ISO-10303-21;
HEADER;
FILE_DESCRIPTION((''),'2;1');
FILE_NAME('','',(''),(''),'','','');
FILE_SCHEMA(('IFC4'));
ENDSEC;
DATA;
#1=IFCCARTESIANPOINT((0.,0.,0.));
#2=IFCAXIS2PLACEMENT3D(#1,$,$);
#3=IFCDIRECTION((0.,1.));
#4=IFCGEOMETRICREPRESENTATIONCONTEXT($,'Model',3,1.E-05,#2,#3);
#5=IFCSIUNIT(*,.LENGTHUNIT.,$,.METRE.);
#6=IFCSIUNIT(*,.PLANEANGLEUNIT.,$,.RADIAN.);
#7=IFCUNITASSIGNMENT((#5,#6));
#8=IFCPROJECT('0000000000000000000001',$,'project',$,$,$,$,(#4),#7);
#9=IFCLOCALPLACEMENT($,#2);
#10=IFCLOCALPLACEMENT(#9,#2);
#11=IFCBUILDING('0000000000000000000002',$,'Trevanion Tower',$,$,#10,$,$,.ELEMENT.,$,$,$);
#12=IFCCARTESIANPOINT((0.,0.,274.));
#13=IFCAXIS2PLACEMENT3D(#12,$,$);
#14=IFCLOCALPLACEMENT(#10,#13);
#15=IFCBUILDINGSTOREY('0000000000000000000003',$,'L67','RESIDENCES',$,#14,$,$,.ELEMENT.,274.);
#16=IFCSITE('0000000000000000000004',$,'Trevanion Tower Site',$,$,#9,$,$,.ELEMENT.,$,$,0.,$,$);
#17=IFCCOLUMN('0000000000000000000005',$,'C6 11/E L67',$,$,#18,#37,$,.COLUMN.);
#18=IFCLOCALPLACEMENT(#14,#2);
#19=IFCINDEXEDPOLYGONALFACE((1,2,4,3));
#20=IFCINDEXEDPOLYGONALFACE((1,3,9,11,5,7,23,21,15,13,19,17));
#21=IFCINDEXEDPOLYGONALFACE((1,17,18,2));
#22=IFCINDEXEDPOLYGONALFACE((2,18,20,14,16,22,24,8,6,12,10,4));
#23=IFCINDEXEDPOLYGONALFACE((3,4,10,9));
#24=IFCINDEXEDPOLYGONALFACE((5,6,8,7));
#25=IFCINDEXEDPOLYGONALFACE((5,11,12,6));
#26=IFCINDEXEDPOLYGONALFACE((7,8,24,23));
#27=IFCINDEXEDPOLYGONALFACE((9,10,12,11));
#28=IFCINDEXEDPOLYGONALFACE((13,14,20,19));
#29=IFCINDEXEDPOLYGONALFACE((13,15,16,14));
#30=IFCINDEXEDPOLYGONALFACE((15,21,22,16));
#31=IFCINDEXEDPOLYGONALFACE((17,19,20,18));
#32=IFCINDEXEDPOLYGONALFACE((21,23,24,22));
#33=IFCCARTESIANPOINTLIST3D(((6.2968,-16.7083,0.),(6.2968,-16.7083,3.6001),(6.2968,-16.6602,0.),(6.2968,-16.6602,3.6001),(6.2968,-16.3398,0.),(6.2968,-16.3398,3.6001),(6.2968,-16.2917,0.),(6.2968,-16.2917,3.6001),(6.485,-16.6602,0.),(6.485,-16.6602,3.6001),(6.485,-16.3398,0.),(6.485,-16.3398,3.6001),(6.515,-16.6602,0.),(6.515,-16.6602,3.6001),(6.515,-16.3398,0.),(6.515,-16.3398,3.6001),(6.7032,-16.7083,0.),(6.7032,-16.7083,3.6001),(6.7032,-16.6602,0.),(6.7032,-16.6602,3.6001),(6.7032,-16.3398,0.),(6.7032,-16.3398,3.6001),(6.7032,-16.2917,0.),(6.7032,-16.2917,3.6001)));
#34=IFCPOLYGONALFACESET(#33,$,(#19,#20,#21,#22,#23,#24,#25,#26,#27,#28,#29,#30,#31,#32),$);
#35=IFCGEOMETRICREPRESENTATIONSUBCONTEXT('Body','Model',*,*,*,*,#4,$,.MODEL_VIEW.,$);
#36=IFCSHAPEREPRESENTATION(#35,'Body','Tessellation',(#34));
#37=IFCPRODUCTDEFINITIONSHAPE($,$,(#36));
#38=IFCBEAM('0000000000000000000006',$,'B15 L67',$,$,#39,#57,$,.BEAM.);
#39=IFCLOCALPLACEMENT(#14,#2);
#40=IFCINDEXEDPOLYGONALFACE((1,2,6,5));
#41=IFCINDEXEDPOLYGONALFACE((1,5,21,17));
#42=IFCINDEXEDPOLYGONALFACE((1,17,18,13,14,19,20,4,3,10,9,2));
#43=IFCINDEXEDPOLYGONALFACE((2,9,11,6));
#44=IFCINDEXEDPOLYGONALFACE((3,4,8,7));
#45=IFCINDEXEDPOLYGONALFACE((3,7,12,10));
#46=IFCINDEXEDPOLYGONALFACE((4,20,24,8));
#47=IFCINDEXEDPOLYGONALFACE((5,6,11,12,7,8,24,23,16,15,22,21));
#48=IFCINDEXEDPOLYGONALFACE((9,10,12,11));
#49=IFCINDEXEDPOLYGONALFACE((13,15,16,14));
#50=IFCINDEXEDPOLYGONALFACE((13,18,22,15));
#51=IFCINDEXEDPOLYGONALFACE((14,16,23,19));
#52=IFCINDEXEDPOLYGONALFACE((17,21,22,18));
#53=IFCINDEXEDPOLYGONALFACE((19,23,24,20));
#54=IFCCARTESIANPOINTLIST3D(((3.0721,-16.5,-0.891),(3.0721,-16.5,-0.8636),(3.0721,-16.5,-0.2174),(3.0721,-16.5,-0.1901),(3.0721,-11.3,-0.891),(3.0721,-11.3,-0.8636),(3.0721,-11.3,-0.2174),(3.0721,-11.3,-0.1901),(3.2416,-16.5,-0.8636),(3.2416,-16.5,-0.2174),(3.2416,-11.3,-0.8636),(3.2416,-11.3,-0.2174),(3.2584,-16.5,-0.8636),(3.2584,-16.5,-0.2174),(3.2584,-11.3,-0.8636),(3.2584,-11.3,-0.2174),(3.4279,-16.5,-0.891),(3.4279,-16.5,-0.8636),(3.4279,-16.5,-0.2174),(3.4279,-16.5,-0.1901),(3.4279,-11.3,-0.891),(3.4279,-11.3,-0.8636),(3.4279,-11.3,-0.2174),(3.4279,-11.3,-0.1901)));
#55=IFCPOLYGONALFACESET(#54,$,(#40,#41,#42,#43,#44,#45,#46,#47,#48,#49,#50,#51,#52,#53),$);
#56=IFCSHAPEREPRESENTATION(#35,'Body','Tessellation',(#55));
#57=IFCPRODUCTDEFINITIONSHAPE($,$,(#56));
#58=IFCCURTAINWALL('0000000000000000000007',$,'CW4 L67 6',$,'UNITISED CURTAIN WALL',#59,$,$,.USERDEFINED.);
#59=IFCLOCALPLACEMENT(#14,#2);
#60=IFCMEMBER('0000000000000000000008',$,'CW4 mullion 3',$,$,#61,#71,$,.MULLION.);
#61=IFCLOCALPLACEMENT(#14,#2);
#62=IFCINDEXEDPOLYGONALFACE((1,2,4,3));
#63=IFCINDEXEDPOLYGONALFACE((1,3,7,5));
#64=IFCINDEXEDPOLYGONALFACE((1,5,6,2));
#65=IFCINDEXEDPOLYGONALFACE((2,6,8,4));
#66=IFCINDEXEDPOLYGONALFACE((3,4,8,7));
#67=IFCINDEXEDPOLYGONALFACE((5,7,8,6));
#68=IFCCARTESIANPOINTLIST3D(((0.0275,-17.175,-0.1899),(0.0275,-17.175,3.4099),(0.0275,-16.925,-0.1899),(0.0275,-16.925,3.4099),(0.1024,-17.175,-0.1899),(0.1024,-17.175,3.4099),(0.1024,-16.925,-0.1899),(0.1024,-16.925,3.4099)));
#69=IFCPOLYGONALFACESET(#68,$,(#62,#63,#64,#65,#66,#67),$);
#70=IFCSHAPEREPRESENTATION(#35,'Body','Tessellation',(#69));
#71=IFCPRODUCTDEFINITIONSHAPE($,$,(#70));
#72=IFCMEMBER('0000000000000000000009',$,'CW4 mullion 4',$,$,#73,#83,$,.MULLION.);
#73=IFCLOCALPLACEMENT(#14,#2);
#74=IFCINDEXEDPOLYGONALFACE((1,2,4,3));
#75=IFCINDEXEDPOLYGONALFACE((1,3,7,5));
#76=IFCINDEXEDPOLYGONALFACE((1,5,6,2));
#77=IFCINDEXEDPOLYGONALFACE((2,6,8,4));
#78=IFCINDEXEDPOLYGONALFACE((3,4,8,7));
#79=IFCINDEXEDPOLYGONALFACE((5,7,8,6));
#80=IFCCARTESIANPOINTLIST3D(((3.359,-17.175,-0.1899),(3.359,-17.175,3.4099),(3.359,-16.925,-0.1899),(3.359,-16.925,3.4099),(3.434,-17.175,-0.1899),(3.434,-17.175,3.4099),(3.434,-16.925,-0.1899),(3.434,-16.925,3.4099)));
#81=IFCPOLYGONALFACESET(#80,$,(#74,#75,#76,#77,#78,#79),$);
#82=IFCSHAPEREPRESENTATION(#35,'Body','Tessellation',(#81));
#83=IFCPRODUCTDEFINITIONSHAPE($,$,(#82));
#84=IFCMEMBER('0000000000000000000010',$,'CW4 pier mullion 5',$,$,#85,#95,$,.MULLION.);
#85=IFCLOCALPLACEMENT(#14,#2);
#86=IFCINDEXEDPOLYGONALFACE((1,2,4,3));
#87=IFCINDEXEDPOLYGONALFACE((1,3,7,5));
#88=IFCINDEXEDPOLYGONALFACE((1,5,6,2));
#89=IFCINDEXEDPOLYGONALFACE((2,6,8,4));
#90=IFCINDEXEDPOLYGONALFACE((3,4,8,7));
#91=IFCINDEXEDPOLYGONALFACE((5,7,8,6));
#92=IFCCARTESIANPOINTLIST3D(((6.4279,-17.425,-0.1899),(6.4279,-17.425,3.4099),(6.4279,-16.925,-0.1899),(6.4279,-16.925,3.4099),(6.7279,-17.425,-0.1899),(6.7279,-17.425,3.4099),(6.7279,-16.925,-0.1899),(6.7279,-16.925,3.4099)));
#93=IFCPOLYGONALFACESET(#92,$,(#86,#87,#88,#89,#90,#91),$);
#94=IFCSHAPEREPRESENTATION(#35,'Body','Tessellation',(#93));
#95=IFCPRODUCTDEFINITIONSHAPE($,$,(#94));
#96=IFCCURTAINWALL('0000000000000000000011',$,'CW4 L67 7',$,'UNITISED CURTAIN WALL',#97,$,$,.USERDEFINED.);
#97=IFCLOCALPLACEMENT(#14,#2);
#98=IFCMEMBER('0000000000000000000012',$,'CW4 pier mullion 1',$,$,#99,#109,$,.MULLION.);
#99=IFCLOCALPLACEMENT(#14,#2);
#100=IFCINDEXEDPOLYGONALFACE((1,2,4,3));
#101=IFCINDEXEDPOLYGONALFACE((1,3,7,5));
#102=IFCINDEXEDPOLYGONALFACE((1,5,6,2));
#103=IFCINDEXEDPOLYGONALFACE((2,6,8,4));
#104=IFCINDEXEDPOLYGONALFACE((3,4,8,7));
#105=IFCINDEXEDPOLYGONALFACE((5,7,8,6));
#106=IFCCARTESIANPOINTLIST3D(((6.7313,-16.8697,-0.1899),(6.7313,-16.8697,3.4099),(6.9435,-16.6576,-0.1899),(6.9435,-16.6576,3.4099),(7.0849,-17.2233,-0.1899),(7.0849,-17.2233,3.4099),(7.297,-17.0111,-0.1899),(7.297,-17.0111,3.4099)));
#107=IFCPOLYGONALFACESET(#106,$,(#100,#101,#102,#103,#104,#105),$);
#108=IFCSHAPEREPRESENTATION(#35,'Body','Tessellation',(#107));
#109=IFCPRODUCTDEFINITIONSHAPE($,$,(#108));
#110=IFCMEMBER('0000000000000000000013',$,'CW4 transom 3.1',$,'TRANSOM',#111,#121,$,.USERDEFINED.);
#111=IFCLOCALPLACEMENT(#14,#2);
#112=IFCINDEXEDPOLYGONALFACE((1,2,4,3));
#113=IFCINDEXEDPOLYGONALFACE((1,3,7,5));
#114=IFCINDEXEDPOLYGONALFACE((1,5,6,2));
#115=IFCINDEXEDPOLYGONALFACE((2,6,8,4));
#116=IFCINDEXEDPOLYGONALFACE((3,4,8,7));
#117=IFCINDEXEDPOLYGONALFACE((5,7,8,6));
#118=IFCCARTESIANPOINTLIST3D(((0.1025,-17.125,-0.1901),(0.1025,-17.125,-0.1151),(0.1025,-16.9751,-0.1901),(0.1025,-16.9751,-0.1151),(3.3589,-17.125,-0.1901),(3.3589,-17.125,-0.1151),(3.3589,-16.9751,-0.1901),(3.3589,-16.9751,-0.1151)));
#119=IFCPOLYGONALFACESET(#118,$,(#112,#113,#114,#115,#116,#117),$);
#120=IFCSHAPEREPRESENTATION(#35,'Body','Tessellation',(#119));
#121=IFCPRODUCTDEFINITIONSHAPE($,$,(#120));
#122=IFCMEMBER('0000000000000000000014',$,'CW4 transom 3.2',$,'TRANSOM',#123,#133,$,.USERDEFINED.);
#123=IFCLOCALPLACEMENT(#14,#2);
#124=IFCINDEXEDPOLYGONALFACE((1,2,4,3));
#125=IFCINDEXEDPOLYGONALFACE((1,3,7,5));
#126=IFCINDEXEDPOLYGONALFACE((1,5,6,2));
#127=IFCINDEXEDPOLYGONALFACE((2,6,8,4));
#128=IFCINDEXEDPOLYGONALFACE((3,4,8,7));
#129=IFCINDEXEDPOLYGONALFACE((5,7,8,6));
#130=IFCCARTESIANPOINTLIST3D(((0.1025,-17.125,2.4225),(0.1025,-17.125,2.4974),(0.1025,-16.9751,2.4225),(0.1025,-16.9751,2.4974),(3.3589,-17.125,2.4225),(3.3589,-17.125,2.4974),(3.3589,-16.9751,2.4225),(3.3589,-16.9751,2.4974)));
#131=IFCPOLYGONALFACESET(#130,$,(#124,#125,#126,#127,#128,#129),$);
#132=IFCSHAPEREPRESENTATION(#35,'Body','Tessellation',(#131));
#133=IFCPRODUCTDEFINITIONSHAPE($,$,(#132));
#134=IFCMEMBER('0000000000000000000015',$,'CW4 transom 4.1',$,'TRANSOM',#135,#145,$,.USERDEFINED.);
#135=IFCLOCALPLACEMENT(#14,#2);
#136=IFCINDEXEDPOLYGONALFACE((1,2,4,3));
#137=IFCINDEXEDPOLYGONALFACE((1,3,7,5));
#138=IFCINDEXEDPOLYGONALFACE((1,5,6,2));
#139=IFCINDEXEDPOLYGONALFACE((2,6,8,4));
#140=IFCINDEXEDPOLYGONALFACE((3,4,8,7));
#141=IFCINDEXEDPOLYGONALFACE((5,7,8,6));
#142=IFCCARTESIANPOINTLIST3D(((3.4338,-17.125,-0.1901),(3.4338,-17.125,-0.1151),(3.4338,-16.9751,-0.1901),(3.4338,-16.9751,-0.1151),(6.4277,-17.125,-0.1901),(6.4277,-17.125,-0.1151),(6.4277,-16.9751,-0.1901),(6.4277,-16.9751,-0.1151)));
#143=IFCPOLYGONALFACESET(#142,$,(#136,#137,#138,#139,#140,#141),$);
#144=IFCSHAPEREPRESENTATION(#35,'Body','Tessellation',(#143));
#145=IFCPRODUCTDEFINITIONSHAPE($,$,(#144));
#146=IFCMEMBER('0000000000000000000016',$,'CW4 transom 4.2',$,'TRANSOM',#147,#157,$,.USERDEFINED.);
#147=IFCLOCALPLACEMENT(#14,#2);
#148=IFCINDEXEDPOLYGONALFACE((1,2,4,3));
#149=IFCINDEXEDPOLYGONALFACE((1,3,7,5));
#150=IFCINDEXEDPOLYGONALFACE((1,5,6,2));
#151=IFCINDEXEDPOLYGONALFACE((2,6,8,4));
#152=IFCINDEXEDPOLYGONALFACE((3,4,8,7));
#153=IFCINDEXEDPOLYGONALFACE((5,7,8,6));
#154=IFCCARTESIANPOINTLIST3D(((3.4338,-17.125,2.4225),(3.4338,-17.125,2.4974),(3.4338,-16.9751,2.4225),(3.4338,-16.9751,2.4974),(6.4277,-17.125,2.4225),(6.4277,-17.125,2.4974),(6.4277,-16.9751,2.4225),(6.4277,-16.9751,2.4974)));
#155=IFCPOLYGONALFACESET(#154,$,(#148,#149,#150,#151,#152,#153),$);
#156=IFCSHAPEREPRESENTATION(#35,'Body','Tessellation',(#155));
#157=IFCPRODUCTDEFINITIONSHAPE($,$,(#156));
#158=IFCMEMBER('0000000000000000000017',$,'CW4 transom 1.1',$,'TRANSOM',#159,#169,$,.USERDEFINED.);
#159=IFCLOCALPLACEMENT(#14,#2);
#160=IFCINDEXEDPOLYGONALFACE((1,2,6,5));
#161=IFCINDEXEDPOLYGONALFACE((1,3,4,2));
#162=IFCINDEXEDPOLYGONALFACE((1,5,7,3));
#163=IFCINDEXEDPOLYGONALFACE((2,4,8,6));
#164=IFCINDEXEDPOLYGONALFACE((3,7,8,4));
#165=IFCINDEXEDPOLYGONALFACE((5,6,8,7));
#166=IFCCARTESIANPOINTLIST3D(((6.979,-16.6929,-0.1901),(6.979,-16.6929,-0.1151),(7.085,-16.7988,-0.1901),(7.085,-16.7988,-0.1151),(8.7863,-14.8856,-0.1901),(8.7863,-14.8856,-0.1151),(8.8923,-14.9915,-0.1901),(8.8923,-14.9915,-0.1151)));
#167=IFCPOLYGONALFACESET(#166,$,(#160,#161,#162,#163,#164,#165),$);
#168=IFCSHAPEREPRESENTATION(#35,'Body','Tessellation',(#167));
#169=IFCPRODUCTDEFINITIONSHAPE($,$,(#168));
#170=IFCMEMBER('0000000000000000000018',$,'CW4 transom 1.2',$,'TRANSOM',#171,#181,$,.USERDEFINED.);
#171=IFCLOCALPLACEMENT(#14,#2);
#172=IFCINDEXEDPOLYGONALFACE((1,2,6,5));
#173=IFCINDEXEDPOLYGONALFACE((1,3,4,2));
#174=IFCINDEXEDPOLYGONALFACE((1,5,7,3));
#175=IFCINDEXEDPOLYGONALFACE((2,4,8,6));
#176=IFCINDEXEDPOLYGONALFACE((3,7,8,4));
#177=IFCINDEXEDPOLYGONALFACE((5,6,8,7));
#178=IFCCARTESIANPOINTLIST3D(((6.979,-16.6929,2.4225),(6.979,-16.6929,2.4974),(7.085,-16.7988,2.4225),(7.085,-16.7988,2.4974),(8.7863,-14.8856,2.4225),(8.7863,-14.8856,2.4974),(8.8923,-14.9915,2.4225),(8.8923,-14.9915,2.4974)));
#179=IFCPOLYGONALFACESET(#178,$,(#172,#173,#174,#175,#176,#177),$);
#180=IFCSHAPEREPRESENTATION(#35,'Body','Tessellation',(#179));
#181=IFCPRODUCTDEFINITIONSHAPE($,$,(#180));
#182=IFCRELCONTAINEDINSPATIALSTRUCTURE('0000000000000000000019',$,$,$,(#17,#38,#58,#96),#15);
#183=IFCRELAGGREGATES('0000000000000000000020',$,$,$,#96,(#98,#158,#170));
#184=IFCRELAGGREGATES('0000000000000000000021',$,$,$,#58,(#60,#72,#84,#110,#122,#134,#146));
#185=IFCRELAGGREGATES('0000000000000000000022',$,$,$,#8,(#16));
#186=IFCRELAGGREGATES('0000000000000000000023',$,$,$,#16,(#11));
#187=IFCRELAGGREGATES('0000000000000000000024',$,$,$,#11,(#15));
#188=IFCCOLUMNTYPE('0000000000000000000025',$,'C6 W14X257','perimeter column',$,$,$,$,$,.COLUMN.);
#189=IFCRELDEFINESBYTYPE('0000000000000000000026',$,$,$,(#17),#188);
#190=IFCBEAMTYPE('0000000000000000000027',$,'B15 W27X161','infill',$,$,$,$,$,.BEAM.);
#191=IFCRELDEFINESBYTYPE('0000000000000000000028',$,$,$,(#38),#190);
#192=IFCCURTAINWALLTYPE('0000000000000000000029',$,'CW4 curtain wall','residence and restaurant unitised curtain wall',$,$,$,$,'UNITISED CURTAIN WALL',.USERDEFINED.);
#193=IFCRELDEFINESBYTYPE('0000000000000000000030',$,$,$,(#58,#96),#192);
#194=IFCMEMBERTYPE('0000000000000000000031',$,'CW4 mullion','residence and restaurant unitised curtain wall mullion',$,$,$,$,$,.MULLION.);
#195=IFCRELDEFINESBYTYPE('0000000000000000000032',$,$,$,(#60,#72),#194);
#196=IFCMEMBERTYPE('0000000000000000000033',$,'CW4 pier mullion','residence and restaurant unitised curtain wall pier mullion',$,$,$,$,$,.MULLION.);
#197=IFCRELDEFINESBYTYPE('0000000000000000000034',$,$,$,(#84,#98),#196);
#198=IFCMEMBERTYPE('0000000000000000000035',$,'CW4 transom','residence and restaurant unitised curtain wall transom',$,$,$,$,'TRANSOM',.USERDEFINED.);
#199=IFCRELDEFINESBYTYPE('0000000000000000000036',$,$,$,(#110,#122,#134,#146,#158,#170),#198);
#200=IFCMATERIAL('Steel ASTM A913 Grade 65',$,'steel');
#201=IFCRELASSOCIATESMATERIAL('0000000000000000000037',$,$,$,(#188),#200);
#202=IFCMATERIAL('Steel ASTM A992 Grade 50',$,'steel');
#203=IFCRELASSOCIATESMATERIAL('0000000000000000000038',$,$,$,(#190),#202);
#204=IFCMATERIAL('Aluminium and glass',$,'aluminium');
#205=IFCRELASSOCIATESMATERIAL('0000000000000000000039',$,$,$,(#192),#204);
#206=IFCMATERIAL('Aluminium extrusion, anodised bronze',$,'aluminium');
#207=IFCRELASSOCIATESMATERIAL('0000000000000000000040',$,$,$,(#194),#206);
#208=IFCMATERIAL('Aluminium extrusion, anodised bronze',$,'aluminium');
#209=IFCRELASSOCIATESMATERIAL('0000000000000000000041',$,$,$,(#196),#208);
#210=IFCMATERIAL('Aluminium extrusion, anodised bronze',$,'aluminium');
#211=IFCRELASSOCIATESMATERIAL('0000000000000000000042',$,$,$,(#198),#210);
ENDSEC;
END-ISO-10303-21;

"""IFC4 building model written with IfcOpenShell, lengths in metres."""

from ifc_helpers import new_model, si_unit, direction, frame, origin, origin_2d, place, context, subcontext, project, spatial, rectangle, i_section, extrude, material, material_profile, profile_set, type_object, element, aggregate, save


model = new_model("IFC4")

# Units and contexts
model_context = context("Model", 3, precision=1e-05, world=origin(), true_north=direction((0.0, 1.0)))
body_context = subcontext(model_context, "Body", "Model", "MODEL_VIEW")
ifc_project = project(units=[si_unit("LENGTHUNIT", "METRE"), si_unit("PLANEANGLEUNIT", "RADIAN")], contexts=[model_context])

# Site, building, storey
site_placement = place(None, origin())
site = spatial("IfcSite", under=ifc_project, at=site_placement, Name="Trevanion Tower Site", CompositionType="ELEMENT", RefElevation=0.0)
building_placement = place(site_placement, origin())
building = spatial("IfcBuilding", under=site, at=building_placement, Name="Trevanion Tower", CompositionType="ELEMENT")
storey_placement = place(building_placement, frame((0.0, 0.0, 274.0)))
storey = spatial("IfcBuildingStorey", under=building, at=storey_placement, Name="L67", Description="RESIDENCES", CompositionType="ELEMENT", Elevation=274.0)

# Column
ifc_material_1 = material(Name="Steel ASTM A913 Grade 65", Category="steel")
ifc_material_profile_1 = material_profile(ifc_material_1, i_section(OverallWidth=0.4065, OverallDepth=0.4165, WebThickness=0.03, FlangeThickness=0.0481, at=origin_2d()), Name="W14X257")
ifc_profile_set_1 = profile_set([ifc_material_profile_1], Name="Steel ASTM A913 Grade 65")
column_type = type_object("IfcColumnType", Name="C6 W14X257", Description="perimeter column", PredefinedType="COLUMN", material=ifc_profile_set_1)
column_placement = place(storey_placement, frame((6.5, -16.5, 0.0), z_axis=(0.0, 0.0, 1.0), x_axis=(1.0, 0.0, 0.0)))
element("IfcColumn", 1, at=column_placement, inside=storey, type_object=column_type, Name="C6 11/E L67", PredefinedType="COLUMN", context=body_context, shape_type="SweptSolid", body=[
    extrude(i_section(OverallWidth=0.4065, OverallDepth=0.4165, WebThickness=0.03, FlangeThickness=0.0481, at=origin_2d()), origin(), (0.0, 0.0, 1.0), 3.6001),
])

# Beam
ifc_material_2 = material(Name="Steel ASTM A992 Grade 50", Category="steel")
ifc_material_profile_2 = material_profile(ifc_material_2, i_section(OverallWidth=0.3557, OverallDepth=0.7009, WebThickness=0.0168, FlangeThickness=0.0273, at=origin_2d()), Name="W27X161")
ifc_profile_set_2 = profile_set([ifc_material_profile_2], Name="Steel ASTM A992 Grade 50")
beam_type_1 = type_object("IfcBeamType", Name="B15 W27X161", Description="infill", PredefinedType="BEAM", material=ifc_profile_set_2)
beam_1_placement = place(storey_placement, frame((3.25, -11.3, -0.5405), z_axis=(0.0, -1.0, 0.0), x_axis=(1.0, 0.0, 0.0)))
element("IfcBeam", 2, at=beam_1_placement, inside=storey, type_object=beam_type_1, Name="B15 L67", PredefinedType="BEAM", context=body_context, shape_type="SweptSolid", body=[
    extrude(i_section(OverallWidth=0.3557, OverallDepth=0.7009, WebThickness=0.0168, FlangeThickness=0.0273, at=origin_2d()), origin(), (0.0, 0.0, 1.0), 5.2),
])

# Curtain wall, members
ifc_material_3 = material(Name="Aluminium and glass", Category="aluminium")
curtain_wall_type = type_object("IfcCurtainWallType", Name="CW4 curtain wall", Description="residence and restaurant unitised curtain wall", ElementType="UNITISED CURTAIN WALL", PredefinedType="USERDEFINED", material=ifc_material_3)
curtain_wall_1_placement = place(storey_placement, origin())
curtain_wall_1 = element("IfcCurtainWall", 3, at=curtain_wall_1_placement, inside=storey, type_object=curtain_wall_type, Name="CW4 L67 6", ObjectType="UNITISED CURTAIN WALL", PredefinedType="USERDEFINED")
ifc_material_4 = material(Name="Aluminium extrusion, anodised bronze", Category="aluminium")
ifc_material_profile_3 = material_profile(ifc_material_4, rectangle(XDim=0.075, YDim=0.25, at=origin_2d()), Name="CW4 mullion")
ifc_profile_set_3 = profile_set([ifc_material_profile_3], Name="Aluminium extrusion, anodised bronze")
member_type_1 = type_object("IfcMemberType", Name="CW4 mullion", Description="residence and restaurant unitised curtain wall mullion", PredefinedType="MULLION", material=ifc_profile_set_3)
member_1_placement = place(storey_placement, frame((0.0649, -17.05, -0.1899), z_axis=(0.0, 0.0, 1.0), x_axis=(1.0, 0.0, 0.0)))
member_1 = element("IfcMember", 4, at=member_1_placement, type_object=member_type_1, Name="CW4 mullion 3", PredefinedType="MULLION", context=body_context, shape_type="SweptSolid", body=[
    extrude(rectangle(XDim=0.075, YDim=0.25, at=origin_2d()), origin(), (0.0, 0.0, 1.0), 3.5999),
])
member_2_placement = place(storey_placement, frame((3.3965, -17.05, -0.1899), z_axis=(0.0, 0.0, 1.0), x_axis=(1.0, 0.0, 0.0)))
member_2 = element("IfcMember", 5, at=member_2_placement, type_object=member_type_1, Name="CW4 mullion 4", PredefinedType="MULLION", context=body_context, shape_type="SweptSolid", body=[
    extrude(rectangle(XDim=0.075, YDim=0.25, at=origin_2d()), origin(), (0.0, 0.0, 1.0), 3.5999),
])
ifc_material_5 = material(Name="Aluminium extrusion, anodised bronze", Category="aluminium")
ifc_material_profile_4 = material_profile(ifc_material_5, rectangle(XDim=0.3, YDim=0.5, at=origin_2d()), Name="CW4 pier mullion")
ifc_profile_set_4 = profile_set([ifc_material_profile_4], Name="Aluminium extrusion, anodised bronze")
member_type_2 = type_object("IfcMemberType", Name="CW4 pier mullion", Description="residence and restaurant unitised curtain wall pier mullion", PredefinedType="MULLION", material=ifc_profile_set_4)
member_3_placement = place(storey_placement, frame((6.5779, -17.175, -0.1899), z_axis=(0.0, 0.0, 1.0), x_axis=(1.0, 0.0, 0.0)))
member_3 = element("IfcMember", 6, at=member_3_placement, type_object=member_type_2, Name="CW4 pier mullion 5", PredefinedType="MULLION", context=body_context, shape_type="SweptSolid", body=[
    extrude(rectangle(XDim=0.3, YDim=0.5, at=origin_2d()), origin(), (0.0, 0.0, 1.0), 3.5999),
])

# Curtain wall, member
curtain_wall_2_placement = place(storey_placement, origin())
curtain_wall_2 = element("IfcCurtainWall", 7, at=curtain_wall_2_placement, inside=storey, type_object=curtain_wall_type, Name="CW4 L67 7", ObjectType="UNITISED CURTAIN WALL", PredefinedType="USERDEFINED")
member_4_placement = place(storey_placement, frame((7.0142, -16.9404, -0.1899), z_axis=(0.0, 0.0, 1.0), x_axis=(0.707107, 0.707107, 0.0)))
member_4 = element("IfcMember", 8, at=member_4_placement, type_object=member_type_2, Name="CW4 pier mullion 1", PredefinedType="MULLION", context=body_context, shape_type="SweptSolid", body=[
    extrude(rectangle(XDim=0.3, YDim=0.5, at=origin_2d()), origin(), (0.0, 0.0, 1.0), 3.5999),
])

# Members
ifc_material_6 = material(Name="Aluminium extrusion, anodised bronze", Category="aluminium")
ifc_material_profile_5 = material_profile(ifc_material_6, rectangle(XDim=0.1499, YDim=0.075, at=origin_2d()), Name="CW4 transom")
ifc_profile_set_5 = profile_set([ifc_material_profile_5], Name="Aluminium extrusion, anodised bronze")
member_type_3 = type_object("IfcMemberType", Name="CW4 transom", Description="residence and restaurant unitised curtain wall transom", ElementType="TRANSOM", PredefinedType="USERDEFINED", material=ifc_profile_set_5)
member_5_placement = place(storey_placement, frame((0.1025, -17.05, -0.1526), z_axis=(1.0, 0.0, 0.0), x_axis=(0.0, 1.0, 0.0)))
member_5 = element("IfcMember", 9, at=member_5_placement, type_object=member_type_3, Name="CW4 transom 3.1", ObjectType="TRANSOM", PredefinedType="USERDEFINED", context=body_context, shape_type="SweptSolid", body=[
    extrude(rectangle(XDim=0.1499, YDim=0.075, at=origin_2d()), origin(), (0.0, 0.0, 1.0), 3.2563),
])
member_6_placement = place(storey_placement, frame((0.1025, -17.05, 2.46), z_axis=(1.0, 0.0, 0.0), x_axis=(0.0, 1.0, 0.0)))
member_6 = element("IfcMember", 10, at=member_6_placement, type_object=member_type_3, Name="CW4 transom 3.2", ObjectType="TRANSOM", PredefinedType="USERDEFINED", context=body_context, shape_type="SweptSolid", body=[
    extrude(rectangle(XDim=0.1499, YDim=0.075, at=origin_2d()), origin(), (0.0, 0.0, 1.0), 3.2563),
])
member_7_placement = place(storey_placement, frame((3.4338, -17.05, -0.1526), z_axis=(1.0, 0.0, 0.0), x_axis=(0.0, 1.0, 0.0)))
member_7 = element("IfcMember", 11, at=member_7_placement, type_object=member_type_3, Name="CW4 transom 4.1", ObjectType="TRANSOM", PredefinedType="USERDEFINED", context=body_context, shape_type="SweptSolid", body=[
    extrude(rectangle(XDim=0.1499, YDim=0.075, at=origin_2d()), origin(), (0.0, 0.0, 1.0), 2.9939),
])
member_8_placement = place(storey_placement, frame((3.4338, -17.05, 2.46), z_axis=(1.0, 0.0, 0.0), x_axis=(0.0, 1.0, 0.0)))
member_8 = element("IfcMember", 12, at=member_8_placement, type_object=member_type_3, Name="CW4 transom 4.2", ObjectType="TRANSOM", PredefinedType="USERDEFINED", context=body_context, shape_type="SweptSolid", body=[
    extrude(rectangle(XDim=0.1499, YDim=0.075, at=origin_2d()), origin(), (0.0, 0.0, 1.0), 2.9939),
])
member_9_placement = place(storey_placement, frame((7.032, -16.7458, -0.1526), z_axis=(0.707107, 0.707107, 0.0), x_axis=(-0.707107, 0.707107, 0.0)))
member_9 = element("IfcMember", 13, at=member_9_placement, type_object=member_type_3, Name="CW4 transom 1.1", ObjectType="TRANSOM", PredefinedType="USERDEFINED", context=body_context, shape_type="SweptSolid", body=[
    extrude(rectangle(XDim=0.1499, YDim=0.075, at=origin_2d()), origin(), (0.0, 0.0, 1.0), 2.5559),
])
member_10_placement = place(storey_placement, frame((7.032, -16.7458, 2.46), z_axis=(0.707107, 0.707107, 0.0), x_axis=(-0.707107, 0.707107, 0.0)))
member_10 = element("IfcMember", 14, at=member_10_placement, type_object=member_type_3, Name="CW4 transom 1.2", ObjectType="TRANSOM", PredefinedType="USERDEFINED", context=body_context, shape_type="SweptSolid", body=[
    extrude(rectangle(XDim=0.1499, YDim=0.075, at=origin_2d()), origin(), (0.0, 0.0, 1.0), 2.5559),
])
aggregate(curtain_wall_2, [member_4, member_9, member_10])

aggregate(curtain_wall_1, [member_1, member_2, member_3, member_5, member_6, member_7, member_8])

save(model, "model.ifc")
